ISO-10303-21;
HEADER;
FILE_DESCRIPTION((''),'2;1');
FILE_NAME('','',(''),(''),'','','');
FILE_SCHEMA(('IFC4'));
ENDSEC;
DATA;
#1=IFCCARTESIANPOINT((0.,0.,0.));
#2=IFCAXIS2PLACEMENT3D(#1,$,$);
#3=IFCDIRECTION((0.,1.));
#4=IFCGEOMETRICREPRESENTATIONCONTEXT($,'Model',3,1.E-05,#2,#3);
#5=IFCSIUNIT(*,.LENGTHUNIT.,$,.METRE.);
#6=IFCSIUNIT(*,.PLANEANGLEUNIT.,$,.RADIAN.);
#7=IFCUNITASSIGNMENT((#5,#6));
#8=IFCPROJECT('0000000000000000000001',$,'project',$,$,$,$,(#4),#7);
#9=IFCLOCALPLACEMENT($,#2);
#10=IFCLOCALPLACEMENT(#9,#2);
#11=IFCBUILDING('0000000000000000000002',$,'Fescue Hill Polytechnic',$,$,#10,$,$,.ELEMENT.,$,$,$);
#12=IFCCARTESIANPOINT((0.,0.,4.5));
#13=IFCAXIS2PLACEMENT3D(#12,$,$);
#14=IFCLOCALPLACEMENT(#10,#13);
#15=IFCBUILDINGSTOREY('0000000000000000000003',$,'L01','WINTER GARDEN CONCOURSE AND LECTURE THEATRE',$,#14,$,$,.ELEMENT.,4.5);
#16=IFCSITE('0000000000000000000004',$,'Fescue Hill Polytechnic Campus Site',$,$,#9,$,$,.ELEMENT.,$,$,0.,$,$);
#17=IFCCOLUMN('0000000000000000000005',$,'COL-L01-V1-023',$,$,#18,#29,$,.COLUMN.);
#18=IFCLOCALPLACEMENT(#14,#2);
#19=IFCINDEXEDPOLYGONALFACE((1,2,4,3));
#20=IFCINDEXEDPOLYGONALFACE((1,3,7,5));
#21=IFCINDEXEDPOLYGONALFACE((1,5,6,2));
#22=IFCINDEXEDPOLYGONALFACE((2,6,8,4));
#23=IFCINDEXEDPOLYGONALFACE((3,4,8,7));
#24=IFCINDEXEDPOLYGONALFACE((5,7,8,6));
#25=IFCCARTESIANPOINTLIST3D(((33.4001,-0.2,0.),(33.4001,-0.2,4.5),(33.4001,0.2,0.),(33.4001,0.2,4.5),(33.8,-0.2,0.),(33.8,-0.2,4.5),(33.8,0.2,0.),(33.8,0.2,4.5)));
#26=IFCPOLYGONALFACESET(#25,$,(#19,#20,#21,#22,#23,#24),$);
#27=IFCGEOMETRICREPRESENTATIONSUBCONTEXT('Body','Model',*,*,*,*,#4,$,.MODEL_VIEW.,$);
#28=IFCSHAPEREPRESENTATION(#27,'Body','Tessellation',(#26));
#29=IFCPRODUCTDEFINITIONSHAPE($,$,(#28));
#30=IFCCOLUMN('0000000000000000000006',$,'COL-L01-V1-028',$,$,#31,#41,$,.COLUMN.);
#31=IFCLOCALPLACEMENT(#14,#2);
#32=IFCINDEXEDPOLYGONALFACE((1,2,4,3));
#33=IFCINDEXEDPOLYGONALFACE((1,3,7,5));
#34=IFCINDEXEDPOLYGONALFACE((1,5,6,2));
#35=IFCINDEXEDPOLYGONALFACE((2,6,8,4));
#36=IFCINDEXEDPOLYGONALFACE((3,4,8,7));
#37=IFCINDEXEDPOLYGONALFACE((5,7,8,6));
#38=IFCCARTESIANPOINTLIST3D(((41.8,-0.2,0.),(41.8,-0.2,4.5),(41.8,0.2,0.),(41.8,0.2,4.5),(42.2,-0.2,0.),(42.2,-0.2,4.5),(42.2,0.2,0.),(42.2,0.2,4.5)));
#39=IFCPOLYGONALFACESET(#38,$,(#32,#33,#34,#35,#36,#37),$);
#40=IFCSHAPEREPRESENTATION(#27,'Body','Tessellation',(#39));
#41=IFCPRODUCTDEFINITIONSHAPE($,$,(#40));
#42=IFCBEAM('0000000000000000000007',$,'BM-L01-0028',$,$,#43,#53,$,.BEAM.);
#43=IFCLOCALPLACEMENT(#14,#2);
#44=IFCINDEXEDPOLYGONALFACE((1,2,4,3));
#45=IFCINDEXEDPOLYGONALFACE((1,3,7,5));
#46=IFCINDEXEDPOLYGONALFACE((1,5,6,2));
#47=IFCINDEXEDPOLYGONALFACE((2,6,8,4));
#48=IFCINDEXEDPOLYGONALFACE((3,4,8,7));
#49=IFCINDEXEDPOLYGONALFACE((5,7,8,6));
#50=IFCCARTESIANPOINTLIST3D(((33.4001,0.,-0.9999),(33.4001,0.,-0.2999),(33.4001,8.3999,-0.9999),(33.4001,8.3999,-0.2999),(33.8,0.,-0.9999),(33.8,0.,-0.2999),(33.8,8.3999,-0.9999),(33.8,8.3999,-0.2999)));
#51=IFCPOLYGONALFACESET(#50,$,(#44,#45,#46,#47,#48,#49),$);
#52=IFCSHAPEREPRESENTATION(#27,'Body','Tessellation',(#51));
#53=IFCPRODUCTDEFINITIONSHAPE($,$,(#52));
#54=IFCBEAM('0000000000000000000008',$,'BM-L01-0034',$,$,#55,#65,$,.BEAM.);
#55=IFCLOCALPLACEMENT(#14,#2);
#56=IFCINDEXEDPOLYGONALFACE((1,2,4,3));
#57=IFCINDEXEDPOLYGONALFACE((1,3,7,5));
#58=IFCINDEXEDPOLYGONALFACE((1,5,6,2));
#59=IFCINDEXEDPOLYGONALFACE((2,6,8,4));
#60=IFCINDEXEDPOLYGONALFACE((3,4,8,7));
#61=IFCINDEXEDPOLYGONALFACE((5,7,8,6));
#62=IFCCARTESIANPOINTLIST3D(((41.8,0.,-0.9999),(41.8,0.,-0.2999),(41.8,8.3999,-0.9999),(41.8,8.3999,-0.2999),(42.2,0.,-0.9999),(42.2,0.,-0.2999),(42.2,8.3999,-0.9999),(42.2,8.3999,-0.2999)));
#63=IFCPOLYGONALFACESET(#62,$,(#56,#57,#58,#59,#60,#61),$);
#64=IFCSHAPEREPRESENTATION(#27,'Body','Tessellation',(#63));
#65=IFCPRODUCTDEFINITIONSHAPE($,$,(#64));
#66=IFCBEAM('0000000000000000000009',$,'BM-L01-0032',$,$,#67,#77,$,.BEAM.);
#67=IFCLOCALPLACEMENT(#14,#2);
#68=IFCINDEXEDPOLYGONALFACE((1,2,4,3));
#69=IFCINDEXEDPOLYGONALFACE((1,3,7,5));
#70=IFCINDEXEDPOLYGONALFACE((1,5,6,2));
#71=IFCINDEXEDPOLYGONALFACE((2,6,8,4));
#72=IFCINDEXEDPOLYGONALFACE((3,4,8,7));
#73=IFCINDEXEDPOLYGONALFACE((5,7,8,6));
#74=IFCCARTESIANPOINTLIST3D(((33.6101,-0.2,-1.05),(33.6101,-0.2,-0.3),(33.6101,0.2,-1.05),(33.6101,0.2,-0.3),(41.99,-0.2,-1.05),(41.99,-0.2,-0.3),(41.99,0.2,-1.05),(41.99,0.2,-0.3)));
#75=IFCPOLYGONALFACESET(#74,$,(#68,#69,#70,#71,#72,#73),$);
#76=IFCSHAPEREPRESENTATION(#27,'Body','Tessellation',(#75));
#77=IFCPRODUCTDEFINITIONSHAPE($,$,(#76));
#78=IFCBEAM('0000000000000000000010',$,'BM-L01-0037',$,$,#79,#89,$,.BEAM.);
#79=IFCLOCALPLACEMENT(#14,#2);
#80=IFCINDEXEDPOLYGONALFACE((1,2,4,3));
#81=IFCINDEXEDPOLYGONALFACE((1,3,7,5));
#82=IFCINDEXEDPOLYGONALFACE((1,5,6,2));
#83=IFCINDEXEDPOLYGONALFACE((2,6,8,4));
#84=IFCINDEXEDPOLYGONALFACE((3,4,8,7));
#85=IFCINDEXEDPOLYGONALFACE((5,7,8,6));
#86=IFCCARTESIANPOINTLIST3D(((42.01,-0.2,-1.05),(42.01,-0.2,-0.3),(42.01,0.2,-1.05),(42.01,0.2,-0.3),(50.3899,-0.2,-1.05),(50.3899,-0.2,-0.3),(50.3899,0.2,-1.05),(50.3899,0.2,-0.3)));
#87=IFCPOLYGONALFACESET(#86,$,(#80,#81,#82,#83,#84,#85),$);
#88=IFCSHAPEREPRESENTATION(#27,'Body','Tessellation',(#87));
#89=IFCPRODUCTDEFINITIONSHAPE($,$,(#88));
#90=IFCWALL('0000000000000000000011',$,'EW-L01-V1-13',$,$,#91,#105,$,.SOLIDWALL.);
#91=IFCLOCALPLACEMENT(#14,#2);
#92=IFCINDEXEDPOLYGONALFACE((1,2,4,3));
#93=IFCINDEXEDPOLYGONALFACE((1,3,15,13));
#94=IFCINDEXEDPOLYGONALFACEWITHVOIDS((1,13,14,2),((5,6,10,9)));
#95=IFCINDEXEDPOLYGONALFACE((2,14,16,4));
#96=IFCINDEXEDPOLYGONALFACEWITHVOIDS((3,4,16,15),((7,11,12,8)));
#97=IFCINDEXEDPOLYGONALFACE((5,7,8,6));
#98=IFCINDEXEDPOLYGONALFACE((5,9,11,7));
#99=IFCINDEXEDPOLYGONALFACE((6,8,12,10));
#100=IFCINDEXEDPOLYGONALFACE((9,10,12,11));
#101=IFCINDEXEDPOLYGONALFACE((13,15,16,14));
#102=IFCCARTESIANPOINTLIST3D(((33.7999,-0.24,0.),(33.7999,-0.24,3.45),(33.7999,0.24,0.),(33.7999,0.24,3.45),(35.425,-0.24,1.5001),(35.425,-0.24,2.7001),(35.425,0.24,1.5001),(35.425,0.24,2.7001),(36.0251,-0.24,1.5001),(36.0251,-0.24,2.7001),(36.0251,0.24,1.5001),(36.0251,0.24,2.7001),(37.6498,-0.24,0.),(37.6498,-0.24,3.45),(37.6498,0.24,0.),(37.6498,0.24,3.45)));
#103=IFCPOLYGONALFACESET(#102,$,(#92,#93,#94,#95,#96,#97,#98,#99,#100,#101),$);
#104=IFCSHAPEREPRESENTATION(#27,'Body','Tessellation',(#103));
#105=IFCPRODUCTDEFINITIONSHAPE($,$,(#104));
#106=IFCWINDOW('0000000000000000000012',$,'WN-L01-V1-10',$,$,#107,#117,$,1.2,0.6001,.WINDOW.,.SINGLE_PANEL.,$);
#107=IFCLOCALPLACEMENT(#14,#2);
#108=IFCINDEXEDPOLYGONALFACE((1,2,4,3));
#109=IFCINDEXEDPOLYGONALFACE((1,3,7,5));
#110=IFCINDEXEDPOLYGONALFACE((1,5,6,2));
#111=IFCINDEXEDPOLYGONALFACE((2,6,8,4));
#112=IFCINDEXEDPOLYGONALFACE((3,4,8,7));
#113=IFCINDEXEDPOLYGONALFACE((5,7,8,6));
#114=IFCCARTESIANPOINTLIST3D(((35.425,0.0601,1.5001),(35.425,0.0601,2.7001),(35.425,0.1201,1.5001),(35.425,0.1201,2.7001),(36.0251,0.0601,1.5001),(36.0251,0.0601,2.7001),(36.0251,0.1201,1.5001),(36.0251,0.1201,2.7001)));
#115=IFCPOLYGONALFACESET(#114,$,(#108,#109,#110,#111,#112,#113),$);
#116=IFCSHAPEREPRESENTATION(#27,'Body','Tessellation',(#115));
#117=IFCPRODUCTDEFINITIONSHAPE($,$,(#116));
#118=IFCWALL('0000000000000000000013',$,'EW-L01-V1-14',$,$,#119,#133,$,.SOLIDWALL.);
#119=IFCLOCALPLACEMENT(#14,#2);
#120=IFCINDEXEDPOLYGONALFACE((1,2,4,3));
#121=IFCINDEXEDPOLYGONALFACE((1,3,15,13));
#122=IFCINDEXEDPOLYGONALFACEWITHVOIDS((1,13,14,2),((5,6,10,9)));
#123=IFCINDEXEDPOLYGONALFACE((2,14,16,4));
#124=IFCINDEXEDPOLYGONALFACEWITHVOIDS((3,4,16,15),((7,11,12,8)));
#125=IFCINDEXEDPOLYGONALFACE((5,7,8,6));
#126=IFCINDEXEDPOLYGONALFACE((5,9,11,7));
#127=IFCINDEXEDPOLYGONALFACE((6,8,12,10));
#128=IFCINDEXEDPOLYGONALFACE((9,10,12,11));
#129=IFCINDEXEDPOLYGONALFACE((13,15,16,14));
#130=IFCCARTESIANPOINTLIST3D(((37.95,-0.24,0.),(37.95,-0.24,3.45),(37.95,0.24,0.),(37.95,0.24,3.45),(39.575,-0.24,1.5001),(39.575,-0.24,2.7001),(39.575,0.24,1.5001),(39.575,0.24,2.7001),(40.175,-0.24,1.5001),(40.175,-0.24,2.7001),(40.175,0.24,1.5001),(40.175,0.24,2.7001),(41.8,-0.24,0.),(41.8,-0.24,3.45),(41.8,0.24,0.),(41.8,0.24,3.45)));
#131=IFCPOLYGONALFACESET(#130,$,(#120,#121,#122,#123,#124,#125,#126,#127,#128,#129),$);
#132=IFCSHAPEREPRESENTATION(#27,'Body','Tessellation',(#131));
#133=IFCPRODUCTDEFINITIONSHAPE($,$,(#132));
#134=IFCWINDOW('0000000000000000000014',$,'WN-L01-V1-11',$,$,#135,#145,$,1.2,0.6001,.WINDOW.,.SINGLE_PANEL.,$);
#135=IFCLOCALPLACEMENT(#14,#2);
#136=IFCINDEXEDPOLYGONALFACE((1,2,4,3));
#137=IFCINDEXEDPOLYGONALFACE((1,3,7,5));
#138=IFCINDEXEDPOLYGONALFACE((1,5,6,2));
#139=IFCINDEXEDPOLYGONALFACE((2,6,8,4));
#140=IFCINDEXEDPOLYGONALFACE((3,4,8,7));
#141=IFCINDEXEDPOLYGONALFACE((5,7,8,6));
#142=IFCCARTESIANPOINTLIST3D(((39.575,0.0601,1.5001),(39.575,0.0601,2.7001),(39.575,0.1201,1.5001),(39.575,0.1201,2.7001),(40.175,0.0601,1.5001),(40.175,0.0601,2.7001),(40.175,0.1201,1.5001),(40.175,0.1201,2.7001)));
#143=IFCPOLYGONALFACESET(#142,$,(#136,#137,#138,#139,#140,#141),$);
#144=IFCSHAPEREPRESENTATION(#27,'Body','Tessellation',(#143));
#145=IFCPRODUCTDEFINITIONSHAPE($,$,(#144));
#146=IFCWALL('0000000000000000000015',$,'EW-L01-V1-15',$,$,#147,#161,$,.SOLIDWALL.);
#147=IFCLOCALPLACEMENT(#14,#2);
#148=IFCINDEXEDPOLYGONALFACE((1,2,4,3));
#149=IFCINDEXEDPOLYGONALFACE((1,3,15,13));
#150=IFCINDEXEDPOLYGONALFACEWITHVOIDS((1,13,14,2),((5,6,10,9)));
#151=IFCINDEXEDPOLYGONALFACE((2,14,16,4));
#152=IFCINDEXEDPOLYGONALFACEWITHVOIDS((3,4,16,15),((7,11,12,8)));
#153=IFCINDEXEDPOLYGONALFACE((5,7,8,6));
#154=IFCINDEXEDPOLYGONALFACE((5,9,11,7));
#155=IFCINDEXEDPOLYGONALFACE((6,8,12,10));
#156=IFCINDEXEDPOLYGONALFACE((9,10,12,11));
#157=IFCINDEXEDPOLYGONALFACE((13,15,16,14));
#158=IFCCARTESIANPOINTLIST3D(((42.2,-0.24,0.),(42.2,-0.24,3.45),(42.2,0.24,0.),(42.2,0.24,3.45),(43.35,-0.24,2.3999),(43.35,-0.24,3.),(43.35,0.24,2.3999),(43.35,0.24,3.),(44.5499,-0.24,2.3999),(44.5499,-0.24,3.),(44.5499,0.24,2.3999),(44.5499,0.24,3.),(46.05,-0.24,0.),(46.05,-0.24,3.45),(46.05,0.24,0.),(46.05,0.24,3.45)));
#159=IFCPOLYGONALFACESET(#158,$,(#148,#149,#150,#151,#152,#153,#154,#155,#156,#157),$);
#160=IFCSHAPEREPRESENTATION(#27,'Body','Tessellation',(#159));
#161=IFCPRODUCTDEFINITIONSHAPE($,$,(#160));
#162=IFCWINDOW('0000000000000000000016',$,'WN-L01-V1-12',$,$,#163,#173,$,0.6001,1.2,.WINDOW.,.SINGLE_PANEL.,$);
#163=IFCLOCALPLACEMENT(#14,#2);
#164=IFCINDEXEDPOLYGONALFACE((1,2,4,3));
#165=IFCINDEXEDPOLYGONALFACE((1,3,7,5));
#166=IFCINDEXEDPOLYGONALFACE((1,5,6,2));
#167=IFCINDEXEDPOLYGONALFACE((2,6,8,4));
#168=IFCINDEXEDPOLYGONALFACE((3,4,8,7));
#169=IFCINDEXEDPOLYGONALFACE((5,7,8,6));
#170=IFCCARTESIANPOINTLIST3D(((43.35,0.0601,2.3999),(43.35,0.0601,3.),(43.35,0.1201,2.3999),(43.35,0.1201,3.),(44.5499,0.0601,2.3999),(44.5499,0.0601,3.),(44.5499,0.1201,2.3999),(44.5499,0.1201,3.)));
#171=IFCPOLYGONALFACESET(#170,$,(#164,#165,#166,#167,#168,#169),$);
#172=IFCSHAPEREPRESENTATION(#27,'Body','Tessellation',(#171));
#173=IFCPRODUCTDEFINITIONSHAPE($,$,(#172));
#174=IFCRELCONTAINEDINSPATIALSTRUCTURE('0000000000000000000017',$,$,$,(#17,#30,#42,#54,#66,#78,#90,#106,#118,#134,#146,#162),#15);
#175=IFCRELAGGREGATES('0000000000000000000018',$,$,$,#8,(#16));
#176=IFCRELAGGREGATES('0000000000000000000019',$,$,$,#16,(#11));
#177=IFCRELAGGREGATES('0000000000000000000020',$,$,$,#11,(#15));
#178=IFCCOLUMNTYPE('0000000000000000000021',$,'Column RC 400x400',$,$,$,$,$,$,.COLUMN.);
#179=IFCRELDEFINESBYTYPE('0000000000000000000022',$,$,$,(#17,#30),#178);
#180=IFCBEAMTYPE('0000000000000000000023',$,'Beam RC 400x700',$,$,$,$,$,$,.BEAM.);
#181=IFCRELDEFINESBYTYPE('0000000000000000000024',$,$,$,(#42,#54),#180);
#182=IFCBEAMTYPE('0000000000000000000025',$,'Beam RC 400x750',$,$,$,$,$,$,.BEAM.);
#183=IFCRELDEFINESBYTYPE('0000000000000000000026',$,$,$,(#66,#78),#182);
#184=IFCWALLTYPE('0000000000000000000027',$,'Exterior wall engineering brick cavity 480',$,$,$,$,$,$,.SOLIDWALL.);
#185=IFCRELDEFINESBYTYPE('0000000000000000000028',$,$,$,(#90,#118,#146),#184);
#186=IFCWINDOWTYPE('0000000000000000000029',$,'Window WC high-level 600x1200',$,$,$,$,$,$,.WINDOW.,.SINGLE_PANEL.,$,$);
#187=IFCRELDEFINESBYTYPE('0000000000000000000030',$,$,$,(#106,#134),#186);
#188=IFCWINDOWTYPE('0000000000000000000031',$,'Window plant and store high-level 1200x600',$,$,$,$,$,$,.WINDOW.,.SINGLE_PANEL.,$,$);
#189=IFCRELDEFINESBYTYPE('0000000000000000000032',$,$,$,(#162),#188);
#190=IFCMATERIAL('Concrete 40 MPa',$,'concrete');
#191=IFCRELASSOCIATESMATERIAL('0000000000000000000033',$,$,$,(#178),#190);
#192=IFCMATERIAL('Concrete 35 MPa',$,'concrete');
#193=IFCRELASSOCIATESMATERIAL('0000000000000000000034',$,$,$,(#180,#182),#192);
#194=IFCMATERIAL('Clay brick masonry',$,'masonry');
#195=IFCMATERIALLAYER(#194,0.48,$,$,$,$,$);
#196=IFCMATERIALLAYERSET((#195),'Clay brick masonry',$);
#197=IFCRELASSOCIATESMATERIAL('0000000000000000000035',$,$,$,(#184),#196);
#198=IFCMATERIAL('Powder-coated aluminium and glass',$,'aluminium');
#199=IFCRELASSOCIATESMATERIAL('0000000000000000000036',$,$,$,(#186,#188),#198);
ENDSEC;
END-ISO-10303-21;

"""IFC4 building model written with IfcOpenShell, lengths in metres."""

from ifc_helpers import new_model, si_unit, direction, frame, frame_2d, origin, origin_2d, place, context, subcontext, project, spatial, rectangle, extrude, material, layer, layer_set, material_profile, profile_set, type_object, element, fill, save


model = new_model("IFC4")

# Units and contexts
model_context = context("Model", 3, precision=1e-05, world=origin(), true_north=direction((0.0, 1.0)))
body_context = subcontext(model_context, "Body", "Model", "MODEL_VIEW")
ifc_project = project(units=[si_unit("LENGTHUNIT", "METRE"), si_unit("PLANEANGLEUNIT", "RADIAN")], contexts=[model_context])

# Site, building, storey
site_placement = place(None, origin())
site = spatial("IfcSite", under=ifc_project, at=site_placement, Name="Fescue Hill Polytechnic Campus Site", CompositionType="ELEMENT", RefElevation=0.0)
building_placement = place(site_placement, origin())
building = spatial("IfcBuilding", under=site, at=building_placement, Name="Fescue Hill Polytechnic", CompositionType="ELEMENT")
storey_placement = place(building_placement, frame((0.0, 0.0, 4.5)))
storey = spatial("IfcBuildingStorey", under=building, at=storey_placement, Name="L01", Description="WINTER GARDEN CONCOURSE AND LECTURE THEATRE", CompositionType="ELEMENT", Elevation=4.5)

# Columns
ifc_material_1 = material(Name="Concrete 40 MPa", Category="concrete")
ifc_material_profile_1 = material_profile(ifc_material_1, rectangle(XDim=0.3999, YDim=0.3999, at=origin_2d()), Name="RC 400x400")
ifc_profile_set_1 = profile_set([ifc_material_profile_1], Name="Concrete 40 MPa")
column_type = type_object("IfcColumnType", Name="Column RC 400x400", PredefinedType="COLUMN", material=ifc_profile_set_1)
for number, where, z_axis, x_axis, name in (
    (1, (33.6001, 0.0, 0.0), (0.0, 0.0, 1.0), (1.0, 0.0, 0.0), "COL-L01-V1-023"),
    (2, (42.0, 0.0, 0.0), (0.0, 0.0, 1.0), (1.0, 0.0, 0.0), "COL-L01-V1-028"),
):
    element("IfcColumn", number, at=place(storey_placement, frame(where, z_axis=z_axis, x_axis=x_axis)), inside=storey, type_object=column_type, Name=name, PredefinedType="COLUMN", context=body_context, shape_type="SweptSolid", body=[
        extrude(rectangle(XDim=0.3999, YDim=0.3999, at=origin_2d()), origin(), (0.0, 0.0, 1.0), 4.5),
    ])

# Beams
ifc_material_2 = material(Name="Concrete 35 MPa", Category="concrete")
ifc_material_profile_2 = material_profile(ifc_material_2, rectangle(XDim=0.3999, YDim=0.7, at=origin_2d()), Name="RC 400x700")
ifc_profile_set_2 = profile_set([ifc_material_profile_2], Name="Concrete 35 MPa")
beam_type_1 = type_object("IfcBeamType", Name="Beam RC 400x700", PredefinedType="BEAM", material=ifc_profile_set_2)
for number, where, z_axis, x_axis, name in (
    (3, (33.6001, 0.0, -0.6499), (0.0, 1.0, 0.0), (-1.0, 0.0, 0.0), "BM-L01-0028"),
    (4, (42.0, 0.0, -0.6499), (0.0, 1.0, 0.0), (-1.0, 0.0, 0.0), "BM-L01-0034"),
):
    element("IfcBeam", number, at=place(storey_placement, frame(where, z_axis=z_axis, x_axis=x_axis)), inside=storey, type_object=beam_type_1, Name=name, PredefinedType="BEAM", context=body_context, shape_type="SweptSolid", body=[
        extrude(rectangle(XDim=0.3999, YDim=0.7, at=origin_2d()), origin(), (0.0, 0.0, 1.0), 8.3999),
    ])
ifc_material_profile_3 = material_profile(ifc_material_2, rectangle(XDim=0.3999, YDim=0.75, at=origin_2d()), Name="RC 400x750")
ifc_profile_set_3 = profile_set([ifc_material_profile_3], Name="Concrete 35 MPa")
beam_type_2 = type_object("IfcBeamType", Name="Beam RC 400x750", PredefinedType="BEAM", material=ifc_profile_set_3)
for number, where, z_axis, x_axis, name in (
    (5, (33.6101, 0.0, -0.675), (1.0, 0.0, 0.0), (0.0, 1.0, 0.0), "BM-L01-0032"),
    (6, (42.01, 0.0, -0.675), (1.0, 0.0, 0.0), (0.0, 1.0, 0.0), "BM-L01-0037"),
):
    element("IfcBeam", number, at=place(storey_placement, frame(where, z_axis=z_axis, x_axis=x_axis)), inside=storey, type_object=beam_type_2, Name=name, PredefinedType="BEAM", context=body_context, shape_type="SweptSolid", body=[
        extrude(rectangle(XDim=0.3999, YDim=0.75, at=origin_2d()), origin(), (0.0, 0.0, 1.0), 8.3799),
    ])

# Walls, openings, windows
ifc_material_3 = material(Name="Clay brick masonry", Category="masonry")
ifc_layer_1 = layer(ifc_material_3, 0.48)
ifc_layer_set_1 = layer_set([ifc_layer_1], Name="Clay brick masonry")
wall_type_1 = type_object("IfcWallType", Name="Exterior wall engineering brick cavity 480", PredefinedType="SOLIDWALL", material=ifc_layer_set_1)
wall_1_placement = place(storey_placement, frame((33.8, 0.0, 0.0), z_axis=(0.0, 0.0, 1.0), x_axis=(1.0, 0.0, 0.0)))
wall_1 = element("IfcWall", 7, at=wall_1_placement, inside=storey, type_object=wall_type_1, Name="EW-L01-V1-13", PredefinedType="SOLIDWALL", context=body_context, shape_type="SweptSolid", body=[
    extrude(rectangle(XDim=3.8499, YDim=0.48, at=frame_2d((1.9248, 0.0))), origin(), (0.0, 0.0, 1.0), 3.45),
])
opening_1_placement = place(wall_1_placement, frame((1.625, 0.0, 1.5)))
opening_1 = element("IfcOpeningElement", 8, at=opening_1_placement, cuts=wall_1, PredefinedType="OPENING", context=body_context, shape_type="SweptSolid", body=[
    extrude(rectangle(XDim=0.6001, YDim=1.2, at=frame_2d((0.3, 0.6001))), frame((0.0, 0.25, 0.0), z_axis=(0.0, -1.0, 0.0), x_axis=(1.0, 0.0, 0.0)), (0.0, 0.0, 1.0), 0.5),
])
ifc_material_4 = material(Name="Powder-coated aluminium and glass", Category="aluminium")
window_type_1 = type_object("IfcWindowType", Name="Window WC high-level 600x1200", PartitioningType="SINGLE_PANEL", PredefinedType="WINDOW", material=ifc_material_4)
window_1_placement = place(opening_1_placement, origin())
window_1 = element("IfcWindow", 9, at=window_1_placement, inside=storey, type_object=window_type_1, Name="WN-L01-V1-10", OverallHeight=1.2, OverallWidth=0.6001, PartitioningType="SINGLE_PANEL", PredefinedType="WINDOW", context=body_context, shape_type="SweptSolid", body=[
    extrude(rectangle(XDim=0.6001, YDim=1.2, at=frame_2d((0.3, 0.6001))), frame((0.0, 0.1201, 0.0), z_axis=(0.0, -1.0, 0.0), x_axis=(1.0, 0.0, 0.0)), (0.0, 0.0, 1.0), 0.0601),
])
fill(opening_1, window_1)
wall_2_placement = place(storey_placement, frame((37.95, 0.0, 0.0), z_axis=(0.0, 0.0, 1.0), x_axis=(1.0, 0.0, 0.0)))
wall_2 = element("IfcWall", 10, at=wall_2_placement, inside=storey, type_object=wall_type_1, Name="EW-L01-V1-14", PredefinedType="SOLIDWALL", context=body_context, shape_type="SweptSolid", body=[
    extrude(rectangle(XDim=3.8501, YDim=0.48, at=frame_2d((1.925, 0.0))), origin(), (0.0, 0.0, 1.0), 3.45),
])
opening_2_placement = place(wall_2_placement, frame((1.625, 0.0, 1.5)))
opening_2 = element("IfcOpeningElement", 11, at=opening_2_placement, cuts=wall_2, PredefinedType="OPENING", context=body_context, shape_type="SweptSolid", body=[
    extrude(rectangle(XDim=0.6001, YDim=1.2, at=frame_2d((0.3, 0.6001))), frame((0.0, 0.25, 0.0), z_axis=(0.0, -1.0, 0.0), x_axis=(1.0, 0.0, 0.0)), (0.0, 0.0, 1.0), 0.5),
])
window_2_placement = place(opening_2_placement, origin())
window_2 = element("IfcWindow", 12, at=window_2_placement, inside=storey, type_object=window_type_1, Name="WN-L01-V1-11", OverallHeight=1.2, OverallWidth=0.6001, PartitioningType="SINGLE_PANEL", PredefinedType="WINDOW", context=body_context, shape_type="SweptSolid", body=[
    extrude(rectangle(XDim=0.6001, YDim=1.2, at=frame_2d((0.3, 0.6001))), frame((0.0, 0.1201, 0.0), z_axis=(0.0, -1.0, 0.0), x_axis=(1.0, 0.0, 0.0)), (0.0, 0.0, 1.0), 0.0601),
])
fill(opening_2, window_2)
wall_3_placement = place(storey_placement, frame((42.2, 0.0, 0.0), z_axis=(0.0, 0.0, 1.0), x_axis=(1.0, 0.0, 0.0)))
wall_3 = element("IfcWall", 13, at=wall_3_placement, inside=storey, type_object=wall_type_1, Name="EW-L01-V1-15", PredefinedType="SOLIDWALL", context=body_context, shape_type="SweptSolid", body=[
    extrude(rectangle(XDim=3.8501, YDim=0.48, at=frame_2d((1.925, 0.0))), origin(), (0.0, 0.0, 1.0), 3.45),
])
opening_3_placement = place(wall_3_placement, frame((1.1499, 0.0, 2.3999)))
opening_3 = element("IfcOpeningElement", 14, at=opening_3_placement, cuts=wall_3, PredefinedType="OPENING", context=body_context, shape_type="SweptSolid", body=[
    extrude(rectangle(XDim=1.2, YDim=0.6001, at=frame_2d((0.6001, 0.3))), frame((0.0, 0.25, 0.0), z_axis=(0.0, -1.0, 0.0), x_axis=(1.0, 0.0, 0.0)), (0.0, 0.0, 1.0), 0.5),
])
window_type_2 = type_object("IfcWindowType", Name="Window plant and store high-level 1200x600", PartitioningType="SINGLE_PANEL", PredefinedType="WINDOW", material=ifc_material_4)
window_3_placement = place(opening_3_placement, origin())
window_3 = element("IfcWindow", 15, at=window_3_placement, inside=storey, type_object=window_type_2, Name="WN-L01-V1-12", OverallHeight=0.6001, OverallWidth=1.2, PartitioningType="SINGLE_PANEL", PredefinedType="WINDOW", context=body_context, shape_type="SweptSolid", body=[
    extrude(rectangle(XDim=1.2, YDim=0.6001, at=frame_2d((0.6001, 0.3))), frame((0.0, 0.1201, 0.0), z_axis=(0.0, -1.0, 0.0), x_axis=(1.0, 0.0, 0.0)), (0.0, 0.0, 1.0), 0.0601),
])
fill(opening_3, window_3)

save(model, "model.ifc")
